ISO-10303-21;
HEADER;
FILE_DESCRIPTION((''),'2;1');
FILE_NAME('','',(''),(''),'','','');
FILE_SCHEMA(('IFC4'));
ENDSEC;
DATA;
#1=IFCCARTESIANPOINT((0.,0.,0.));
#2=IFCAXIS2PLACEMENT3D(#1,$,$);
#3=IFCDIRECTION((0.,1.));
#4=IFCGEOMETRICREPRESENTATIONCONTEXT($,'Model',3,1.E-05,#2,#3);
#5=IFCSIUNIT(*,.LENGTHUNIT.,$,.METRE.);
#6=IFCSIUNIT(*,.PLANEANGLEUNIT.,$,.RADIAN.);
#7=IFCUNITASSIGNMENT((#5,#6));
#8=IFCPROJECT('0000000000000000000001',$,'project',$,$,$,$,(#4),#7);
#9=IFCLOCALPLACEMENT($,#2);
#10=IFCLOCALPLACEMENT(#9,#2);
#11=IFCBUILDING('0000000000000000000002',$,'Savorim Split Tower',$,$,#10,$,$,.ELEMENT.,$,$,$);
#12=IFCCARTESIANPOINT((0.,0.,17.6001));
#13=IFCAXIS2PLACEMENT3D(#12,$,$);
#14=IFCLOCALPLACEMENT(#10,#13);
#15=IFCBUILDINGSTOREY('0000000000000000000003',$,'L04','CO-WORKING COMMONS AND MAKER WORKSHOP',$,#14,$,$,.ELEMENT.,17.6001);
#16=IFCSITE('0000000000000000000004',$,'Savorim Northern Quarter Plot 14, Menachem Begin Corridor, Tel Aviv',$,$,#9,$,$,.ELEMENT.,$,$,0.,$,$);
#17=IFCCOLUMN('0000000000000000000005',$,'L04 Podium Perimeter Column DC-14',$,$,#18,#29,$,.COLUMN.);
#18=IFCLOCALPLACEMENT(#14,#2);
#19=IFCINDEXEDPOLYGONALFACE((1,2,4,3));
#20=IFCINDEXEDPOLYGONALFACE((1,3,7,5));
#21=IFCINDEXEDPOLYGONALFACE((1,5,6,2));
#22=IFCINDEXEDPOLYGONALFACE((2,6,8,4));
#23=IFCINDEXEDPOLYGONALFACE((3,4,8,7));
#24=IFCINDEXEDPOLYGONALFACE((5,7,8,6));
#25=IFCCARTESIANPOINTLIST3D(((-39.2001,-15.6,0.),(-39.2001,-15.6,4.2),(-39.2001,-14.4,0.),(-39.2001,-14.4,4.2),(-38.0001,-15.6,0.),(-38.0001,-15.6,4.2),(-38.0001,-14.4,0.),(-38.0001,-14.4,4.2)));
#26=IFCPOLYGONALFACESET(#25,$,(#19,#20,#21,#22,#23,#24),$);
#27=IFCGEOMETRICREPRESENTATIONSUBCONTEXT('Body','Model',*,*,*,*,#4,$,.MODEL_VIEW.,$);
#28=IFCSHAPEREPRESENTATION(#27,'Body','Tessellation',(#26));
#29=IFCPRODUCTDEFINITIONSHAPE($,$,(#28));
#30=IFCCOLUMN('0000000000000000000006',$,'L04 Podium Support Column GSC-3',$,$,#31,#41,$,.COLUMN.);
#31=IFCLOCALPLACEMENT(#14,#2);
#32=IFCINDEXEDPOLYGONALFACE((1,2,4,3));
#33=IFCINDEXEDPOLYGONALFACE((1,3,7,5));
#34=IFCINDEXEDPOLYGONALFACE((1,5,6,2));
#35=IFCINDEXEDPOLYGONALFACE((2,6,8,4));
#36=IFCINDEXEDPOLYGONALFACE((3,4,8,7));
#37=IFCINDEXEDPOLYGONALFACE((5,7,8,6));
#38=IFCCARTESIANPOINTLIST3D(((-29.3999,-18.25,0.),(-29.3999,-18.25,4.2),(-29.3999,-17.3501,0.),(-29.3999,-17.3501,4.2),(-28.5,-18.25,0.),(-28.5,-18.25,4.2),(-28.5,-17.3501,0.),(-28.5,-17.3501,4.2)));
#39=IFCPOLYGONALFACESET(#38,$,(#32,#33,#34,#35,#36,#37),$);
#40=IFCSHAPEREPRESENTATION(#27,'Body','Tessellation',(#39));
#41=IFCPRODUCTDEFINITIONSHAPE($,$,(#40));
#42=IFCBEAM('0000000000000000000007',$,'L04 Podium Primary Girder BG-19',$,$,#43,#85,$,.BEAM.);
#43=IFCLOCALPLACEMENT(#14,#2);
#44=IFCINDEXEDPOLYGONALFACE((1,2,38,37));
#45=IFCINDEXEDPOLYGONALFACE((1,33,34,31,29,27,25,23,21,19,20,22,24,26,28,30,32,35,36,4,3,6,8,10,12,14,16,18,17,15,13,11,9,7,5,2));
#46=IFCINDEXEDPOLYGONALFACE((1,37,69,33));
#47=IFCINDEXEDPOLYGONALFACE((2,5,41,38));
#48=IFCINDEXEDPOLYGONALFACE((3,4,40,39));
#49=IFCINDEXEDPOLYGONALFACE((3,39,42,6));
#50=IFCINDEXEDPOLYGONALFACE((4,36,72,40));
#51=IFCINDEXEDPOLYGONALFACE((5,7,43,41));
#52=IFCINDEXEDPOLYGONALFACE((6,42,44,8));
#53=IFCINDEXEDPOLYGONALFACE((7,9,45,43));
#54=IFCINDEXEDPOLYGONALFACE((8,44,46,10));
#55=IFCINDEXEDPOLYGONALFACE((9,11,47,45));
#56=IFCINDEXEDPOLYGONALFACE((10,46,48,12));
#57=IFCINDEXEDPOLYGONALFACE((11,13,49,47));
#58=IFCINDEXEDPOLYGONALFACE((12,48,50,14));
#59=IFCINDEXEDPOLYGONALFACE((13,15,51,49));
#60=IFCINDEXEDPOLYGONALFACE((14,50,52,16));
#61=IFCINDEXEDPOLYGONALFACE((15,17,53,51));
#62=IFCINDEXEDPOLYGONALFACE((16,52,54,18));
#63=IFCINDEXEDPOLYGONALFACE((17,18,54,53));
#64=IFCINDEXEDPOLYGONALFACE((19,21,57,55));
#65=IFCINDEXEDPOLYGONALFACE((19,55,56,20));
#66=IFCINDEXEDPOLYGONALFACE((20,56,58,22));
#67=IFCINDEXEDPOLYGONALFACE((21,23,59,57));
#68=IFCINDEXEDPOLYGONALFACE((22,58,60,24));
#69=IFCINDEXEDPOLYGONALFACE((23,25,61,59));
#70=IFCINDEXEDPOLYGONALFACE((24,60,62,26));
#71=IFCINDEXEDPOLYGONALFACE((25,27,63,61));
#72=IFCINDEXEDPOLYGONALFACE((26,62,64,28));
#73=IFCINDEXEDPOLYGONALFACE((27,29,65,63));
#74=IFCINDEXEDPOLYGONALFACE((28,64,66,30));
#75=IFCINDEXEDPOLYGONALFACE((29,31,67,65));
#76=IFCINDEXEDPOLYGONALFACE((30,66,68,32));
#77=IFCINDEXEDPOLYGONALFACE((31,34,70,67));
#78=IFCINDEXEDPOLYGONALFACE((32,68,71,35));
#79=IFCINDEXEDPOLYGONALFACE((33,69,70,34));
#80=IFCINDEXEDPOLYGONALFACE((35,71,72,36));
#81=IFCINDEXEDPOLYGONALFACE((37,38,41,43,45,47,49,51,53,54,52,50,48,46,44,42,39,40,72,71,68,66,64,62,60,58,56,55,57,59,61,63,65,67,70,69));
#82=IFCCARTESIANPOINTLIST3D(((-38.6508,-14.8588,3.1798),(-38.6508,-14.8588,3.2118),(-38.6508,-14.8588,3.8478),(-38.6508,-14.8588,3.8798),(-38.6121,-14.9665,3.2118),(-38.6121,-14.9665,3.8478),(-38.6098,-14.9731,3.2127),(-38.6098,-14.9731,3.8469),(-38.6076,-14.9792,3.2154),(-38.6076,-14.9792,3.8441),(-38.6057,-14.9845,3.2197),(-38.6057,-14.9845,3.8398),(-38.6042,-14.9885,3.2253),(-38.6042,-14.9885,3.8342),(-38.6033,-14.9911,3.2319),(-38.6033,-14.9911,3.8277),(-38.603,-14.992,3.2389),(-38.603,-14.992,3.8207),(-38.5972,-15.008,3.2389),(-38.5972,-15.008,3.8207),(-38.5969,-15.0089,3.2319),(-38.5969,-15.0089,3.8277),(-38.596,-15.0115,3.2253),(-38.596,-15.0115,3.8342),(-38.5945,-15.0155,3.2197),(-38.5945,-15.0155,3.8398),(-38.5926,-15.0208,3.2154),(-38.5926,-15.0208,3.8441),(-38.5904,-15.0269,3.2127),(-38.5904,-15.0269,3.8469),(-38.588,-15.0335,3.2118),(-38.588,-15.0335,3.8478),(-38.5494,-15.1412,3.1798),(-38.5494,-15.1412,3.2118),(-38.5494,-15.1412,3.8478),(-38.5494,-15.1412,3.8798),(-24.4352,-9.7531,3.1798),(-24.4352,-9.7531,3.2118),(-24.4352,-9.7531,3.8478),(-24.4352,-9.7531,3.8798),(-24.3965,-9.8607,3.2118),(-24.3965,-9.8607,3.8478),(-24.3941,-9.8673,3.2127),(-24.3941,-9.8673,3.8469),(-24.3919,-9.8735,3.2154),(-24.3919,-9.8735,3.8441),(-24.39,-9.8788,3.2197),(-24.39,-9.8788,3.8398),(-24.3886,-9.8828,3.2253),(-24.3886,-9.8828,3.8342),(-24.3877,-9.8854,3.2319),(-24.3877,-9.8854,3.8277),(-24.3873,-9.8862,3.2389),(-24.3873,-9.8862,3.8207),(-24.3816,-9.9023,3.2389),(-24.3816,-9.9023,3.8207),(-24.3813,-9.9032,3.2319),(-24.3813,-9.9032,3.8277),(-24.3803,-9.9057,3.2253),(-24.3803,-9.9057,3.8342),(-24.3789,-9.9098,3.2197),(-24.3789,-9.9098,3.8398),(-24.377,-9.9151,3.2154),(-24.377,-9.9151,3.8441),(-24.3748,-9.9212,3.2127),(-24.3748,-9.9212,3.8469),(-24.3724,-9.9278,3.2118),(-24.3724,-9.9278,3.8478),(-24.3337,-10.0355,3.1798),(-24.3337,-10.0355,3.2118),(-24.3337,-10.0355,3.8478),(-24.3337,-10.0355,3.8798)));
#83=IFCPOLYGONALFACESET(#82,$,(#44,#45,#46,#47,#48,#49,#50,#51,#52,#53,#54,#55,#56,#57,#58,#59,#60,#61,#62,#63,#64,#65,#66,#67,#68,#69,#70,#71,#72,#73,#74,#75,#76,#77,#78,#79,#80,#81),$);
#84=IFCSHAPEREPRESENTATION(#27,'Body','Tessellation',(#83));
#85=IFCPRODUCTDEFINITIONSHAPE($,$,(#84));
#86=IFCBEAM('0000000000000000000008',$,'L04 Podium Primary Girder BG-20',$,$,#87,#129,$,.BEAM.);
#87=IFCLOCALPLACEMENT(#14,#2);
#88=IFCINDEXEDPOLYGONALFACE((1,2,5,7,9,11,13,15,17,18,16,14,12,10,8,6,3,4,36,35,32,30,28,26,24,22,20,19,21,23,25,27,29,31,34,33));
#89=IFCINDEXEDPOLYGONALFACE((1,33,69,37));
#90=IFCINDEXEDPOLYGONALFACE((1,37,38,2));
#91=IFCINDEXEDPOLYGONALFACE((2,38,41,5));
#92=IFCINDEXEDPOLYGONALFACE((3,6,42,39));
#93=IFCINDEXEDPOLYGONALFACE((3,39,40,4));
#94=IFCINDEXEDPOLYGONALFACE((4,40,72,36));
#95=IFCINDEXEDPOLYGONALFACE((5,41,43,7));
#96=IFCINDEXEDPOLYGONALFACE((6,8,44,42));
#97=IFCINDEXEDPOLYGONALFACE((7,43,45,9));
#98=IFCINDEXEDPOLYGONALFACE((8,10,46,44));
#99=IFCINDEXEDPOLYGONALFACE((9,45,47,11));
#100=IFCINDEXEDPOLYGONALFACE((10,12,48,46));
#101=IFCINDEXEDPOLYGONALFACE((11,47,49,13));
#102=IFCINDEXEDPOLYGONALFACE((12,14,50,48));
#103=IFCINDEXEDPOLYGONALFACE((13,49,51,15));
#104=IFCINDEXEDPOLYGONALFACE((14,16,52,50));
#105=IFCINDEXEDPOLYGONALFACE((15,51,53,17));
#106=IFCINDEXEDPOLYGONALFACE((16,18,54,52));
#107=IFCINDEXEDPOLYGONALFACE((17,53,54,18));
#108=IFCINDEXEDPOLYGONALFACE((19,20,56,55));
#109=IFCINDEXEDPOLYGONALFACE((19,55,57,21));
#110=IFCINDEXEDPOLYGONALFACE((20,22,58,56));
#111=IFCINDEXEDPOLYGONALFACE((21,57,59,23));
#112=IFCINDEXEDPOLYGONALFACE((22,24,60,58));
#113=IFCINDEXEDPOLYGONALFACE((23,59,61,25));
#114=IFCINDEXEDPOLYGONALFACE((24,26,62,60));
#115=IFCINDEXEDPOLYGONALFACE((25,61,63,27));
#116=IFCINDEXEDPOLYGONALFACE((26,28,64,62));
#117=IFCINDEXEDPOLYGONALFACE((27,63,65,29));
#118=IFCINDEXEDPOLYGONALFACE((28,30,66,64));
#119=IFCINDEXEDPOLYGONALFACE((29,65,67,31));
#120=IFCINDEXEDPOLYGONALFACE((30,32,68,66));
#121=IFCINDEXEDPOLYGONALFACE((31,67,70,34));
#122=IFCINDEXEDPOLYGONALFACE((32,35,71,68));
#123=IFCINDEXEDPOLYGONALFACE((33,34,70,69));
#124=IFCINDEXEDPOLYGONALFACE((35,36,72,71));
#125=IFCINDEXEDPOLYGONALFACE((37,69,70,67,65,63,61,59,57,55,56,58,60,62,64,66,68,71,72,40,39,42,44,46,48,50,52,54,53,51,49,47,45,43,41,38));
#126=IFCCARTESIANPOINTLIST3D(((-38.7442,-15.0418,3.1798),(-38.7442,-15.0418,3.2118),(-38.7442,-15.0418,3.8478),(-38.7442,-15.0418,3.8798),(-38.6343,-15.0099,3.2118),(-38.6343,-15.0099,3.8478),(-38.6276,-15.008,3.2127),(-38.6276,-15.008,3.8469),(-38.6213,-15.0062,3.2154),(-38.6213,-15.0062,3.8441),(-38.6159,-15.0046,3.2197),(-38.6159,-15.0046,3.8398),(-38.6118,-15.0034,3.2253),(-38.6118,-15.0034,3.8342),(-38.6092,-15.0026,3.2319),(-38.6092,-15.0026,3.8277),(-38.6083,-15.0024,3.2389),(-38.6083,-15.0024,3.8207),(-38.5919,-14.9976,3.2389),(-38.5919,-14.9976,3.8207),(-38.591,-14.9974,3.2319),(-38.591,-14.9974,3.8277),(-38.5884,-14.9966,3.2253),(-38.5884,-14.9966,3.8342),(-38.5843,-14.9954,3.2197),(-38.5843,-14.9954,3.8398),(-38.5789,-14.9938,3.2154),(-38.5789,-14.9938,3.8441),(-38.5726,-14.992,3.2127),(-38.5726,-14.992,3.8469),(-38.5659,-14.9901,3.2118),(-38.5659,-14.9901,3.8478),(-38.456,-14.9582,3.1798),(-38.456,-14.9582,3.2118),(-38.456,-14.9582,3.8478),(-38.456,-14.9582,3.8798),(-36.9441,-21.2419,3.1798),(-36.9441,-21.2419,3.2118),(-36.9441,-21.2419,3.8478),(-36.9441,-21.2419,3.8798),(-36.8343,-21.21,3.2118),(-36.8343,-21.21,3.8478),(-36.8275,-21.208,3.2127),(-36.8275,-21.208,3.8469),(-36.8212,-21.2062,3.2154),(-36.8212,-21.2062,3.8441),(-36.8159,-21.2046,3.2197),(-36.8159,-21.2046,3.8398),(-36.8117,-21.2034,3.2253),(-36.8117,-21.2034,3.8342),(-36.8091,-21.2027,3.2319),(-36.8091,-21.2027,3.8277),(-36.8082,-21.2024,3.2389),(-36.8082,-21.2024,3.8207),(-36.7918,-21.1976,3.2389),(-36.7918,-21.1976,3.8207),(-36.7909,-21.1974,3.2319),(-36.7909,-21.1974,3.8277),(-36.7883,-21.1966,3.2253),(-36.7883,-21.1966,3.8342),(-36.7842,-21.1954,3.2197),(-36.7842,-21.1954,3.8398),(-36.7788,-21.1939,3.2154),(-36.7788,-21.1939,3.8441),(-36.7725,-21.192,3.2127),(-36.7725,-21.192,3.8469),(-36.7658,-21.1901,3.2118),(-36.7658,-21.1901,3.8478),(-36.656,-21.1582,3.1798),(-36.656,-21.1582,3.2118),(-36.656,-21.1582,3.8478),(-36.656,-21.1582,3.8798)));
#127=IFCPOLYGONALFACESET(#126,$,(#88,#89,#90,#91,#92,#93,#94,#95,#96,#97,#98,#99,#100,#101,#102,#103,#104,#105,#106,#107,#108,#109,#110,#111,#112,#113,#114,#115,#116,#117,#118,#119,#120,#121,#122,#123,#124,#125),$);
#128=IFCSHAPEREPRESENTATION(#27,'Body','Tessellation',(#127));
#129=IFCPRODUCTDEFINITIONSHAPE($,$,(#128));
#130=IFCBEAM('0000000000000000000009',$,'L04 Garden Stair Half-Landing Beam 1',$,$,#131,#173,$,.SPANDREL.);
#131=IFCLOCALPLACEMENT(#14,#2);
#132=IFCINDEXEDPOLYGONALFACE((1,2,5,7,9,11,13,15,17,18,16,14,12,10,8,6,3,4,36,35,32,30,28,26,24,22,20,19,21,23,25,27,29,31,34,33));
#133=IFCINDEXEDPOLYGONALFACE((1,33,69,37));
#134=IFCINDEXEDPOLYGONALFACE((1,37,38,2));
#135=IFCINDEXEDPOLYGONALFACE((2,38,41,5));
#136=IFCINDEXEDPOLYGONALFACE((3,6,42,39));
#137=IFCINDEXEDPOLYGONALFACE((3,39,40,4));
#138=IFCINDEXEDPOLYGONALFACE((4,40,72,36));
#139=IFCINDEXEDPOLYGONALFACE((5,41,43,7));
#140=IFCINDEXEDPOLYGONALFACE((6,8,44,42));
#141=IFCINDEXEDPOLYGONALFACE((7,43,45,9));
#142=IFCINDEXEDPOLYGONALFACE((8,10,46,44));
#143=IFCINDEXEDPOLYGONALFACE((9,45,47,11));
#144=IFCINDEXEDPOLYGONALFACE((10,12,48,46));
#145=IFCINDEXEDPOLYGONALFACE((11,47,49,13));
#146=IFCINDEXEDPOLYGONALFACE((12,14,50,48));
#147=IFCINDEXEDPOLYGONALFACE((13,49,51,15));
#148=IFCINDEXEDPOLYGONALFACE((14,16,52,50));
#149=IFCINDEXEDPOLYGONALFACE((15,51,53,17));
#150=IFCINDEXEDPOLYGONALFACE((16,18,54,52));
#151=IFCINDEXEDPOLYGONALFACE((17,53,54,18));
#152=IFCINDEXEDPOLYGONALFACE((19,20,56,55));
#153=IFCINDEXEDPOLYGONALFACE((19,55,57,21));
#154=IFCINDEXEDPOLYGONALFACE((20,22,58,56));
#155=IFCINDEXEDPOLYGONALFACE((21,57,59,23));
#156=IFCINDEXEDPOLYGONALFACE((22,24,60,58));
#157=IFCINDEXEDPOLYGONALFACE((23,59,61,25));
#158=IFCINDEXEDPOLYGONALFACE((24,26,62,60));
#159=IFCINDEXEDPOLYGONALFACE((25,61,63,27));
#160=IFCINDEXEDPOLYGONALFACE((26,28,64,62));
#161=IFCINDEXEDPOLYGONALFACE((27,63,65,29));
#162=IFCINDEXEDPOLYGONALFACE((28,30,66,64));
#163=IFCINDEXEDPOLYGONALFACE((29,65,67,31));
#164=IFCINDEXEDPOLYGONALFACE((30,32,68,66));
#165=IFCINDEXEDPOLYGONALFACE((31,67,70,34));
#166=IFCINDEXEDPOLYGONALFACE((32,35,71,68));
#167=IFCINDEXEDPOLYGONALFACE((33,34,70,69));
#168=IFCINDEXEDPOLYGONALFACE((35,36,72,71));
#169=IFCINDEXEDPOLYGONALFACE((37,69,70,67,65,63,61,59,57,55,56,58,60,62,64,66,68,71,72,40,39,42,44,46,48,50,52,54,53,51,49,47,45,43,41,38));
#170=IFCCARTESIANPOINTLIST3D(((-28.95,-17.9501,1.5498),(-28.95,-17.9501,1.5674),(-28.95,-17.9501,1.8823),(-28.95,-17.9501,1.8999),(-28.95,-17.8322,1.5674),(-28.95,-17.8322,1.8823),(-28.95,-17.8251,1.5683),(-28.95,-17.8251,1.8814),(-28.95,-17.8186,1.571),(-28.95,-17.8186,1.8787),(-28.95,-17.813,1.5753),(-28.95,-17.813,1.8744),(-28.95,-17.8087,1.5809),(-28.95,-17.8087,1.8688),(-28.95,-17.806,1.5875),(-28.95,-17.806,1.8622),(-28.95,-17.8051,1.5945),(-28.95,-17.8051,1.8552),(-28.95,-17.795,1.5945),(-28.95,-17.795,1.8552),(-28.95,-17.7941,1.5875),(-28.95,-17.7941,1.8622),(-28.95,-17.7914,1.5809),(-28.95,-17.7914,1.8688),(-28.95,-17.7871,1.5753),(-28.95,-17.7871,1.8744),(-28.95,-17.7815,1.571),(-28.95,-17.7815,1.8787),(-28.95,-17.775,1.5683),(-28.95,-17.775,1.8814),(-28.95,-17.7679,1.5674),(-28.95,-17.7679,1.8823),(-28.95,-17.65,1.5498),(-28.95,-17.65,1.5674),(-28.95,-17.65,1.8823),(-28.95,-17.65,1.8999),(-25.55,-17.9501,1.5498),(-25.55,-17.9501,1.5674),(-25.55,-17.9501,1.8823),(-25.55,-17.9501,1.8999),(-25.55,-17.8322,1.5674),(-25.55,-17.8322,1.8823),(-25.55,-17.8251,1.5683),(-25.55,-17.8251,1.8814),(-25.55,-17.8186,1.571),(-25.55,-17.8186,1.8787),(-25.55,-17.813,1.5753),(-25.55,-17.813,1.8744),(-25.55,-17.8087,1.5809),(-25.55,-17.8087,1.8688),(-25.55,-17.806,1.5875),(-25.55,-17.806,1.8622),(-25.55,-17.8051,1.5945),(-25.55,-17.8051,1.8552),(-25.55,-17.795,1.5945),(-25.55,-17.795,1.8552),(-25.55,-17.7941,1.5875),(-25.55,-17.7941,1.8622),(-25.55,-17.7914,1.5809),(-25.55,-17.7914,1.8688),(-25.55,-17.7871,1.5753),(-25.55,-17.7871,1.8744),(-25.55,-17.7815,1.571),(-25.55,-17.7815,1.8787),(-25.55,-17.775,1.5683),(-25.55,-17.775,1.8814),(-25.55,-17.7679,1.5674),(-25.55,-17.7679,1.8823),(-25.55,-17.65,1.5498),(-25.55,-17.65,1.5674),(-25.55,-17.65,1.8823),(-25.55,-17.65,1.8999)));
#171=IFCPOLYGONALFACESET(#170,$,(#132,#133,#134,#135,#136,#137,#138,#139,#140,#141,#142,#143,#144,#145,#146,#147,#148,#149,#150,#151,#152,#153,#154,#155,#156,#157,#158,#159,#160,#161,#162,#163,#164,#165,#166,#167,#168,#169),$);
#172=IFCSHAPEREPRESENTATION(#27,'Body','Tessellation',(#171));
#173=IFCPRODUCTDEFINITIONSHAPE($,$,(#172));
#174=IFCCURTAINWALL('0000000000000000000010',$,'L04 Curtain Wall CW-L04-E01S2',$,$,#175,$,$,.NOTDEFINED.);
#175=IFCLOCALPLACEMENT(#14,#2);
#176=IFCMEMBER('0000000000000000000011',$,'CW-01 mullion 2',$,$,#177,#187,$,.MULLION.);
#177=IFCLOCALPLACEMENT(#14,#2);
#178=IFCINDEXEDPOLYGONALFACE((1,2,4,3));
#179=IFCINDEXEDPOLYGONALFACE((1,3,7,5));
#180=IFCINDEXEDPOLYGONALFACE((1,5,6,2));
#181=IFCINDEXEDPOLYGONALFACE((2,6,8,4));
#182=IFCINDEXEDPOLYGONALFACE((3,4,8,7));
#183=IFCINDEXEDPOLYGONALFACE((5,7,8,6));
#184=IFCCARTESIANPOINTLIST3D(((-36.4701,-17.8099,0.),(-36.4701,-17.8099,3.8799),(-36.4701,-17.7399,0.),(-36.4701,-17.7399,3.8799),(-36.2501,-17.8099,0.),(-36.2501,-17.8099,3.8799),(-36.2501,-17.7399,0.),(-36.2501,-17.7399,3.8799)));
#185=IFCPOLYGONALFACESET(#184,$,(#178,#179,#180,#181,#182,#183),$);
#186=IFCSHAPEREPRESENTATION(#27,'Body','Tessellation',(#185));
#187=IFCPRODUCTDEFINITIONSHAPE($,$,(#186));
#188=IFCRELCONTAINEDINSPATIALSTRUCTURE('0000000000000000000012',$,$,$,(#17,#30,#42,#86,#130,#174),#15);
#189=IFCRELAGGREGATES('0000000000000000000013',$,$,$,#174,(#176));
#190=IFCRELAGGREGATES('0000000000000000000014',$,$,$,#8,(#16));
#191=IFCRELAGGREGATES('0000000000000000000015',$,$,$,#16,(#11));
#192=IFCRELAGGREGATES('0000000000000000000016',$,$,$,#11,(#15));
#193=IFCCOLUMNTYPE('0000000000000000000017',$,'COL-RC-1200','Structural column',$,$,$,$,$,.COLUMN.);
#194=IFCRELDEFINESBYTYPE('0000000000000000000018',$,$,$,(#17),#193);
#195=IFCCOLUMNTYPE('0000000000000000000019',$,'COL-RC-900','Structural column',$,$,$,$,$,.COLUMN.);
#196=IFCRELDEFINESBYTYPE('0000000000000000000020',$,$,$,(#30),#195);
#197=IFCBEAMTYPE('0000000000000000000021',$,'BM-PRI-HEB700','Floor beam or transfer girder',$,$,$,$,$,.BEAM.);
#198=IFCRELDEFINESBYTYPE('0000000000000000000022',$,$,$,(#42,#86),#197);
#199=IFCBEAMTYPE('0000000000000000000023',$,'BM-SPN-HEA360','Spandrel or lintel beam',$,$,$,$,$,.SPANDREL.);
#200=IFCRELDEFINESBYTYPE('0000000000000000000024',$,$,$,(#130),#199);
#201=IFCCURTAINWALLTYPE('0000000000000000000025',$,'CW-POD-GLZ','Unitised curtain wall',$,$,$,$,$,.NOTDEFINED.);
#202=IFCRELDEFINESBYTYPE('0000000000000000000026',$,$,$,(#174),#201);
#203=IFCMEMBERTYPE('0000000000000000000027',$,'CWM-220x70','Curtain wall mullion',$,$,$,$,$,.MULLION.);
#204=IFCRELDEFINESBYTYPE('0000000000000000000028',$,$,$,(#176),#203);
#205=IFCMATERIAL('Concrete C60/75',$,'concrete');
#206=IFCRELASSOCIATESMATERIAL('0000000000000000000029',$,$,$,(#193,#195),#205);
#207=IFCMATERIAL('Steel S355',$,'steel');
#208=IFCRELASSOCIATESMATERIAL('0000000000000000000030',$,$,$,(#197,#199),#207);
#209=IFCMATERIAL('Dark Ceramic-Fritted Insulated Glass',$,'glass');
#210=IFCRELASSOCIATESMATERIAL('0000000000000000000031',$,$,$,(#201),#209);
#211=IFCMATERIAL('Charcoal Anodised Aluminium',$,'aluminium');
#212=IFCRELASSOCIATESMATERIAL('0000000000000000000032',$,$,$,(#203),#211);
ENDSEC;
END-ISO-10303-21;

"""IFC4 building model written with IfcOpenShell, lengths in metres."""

from ifc_helpers import new_model, si_unit, direction, frame, origin, origin_2d, place, context, subcontext, project, spatial, rectangle, i_section, extrude, material, material_profile, profile_set, type_object, element, aggregate, save


model = new_model("IFC4")

# Units and contexts
model_context = context("Model", 3, precision=1e-05, world=origin(), true_north=direction((0.0, 1.0)))
body_context = subcontext(model_context, "Body", "Model", "MODEL_VIEW")
ifc_project = project(units=[si_unit("LENGTHUNIT", "METRE"), si_unit("PLANEANGLEUNIT", "RADIAN")], contexts=[model_context])

# Site, building, storey
site_placement = place(None, origin())
site = spatial("IfcSite", under=ifc_project, at=site_placement, Name="Savorim Northern Quarter Plot 14, Menachem Begin Corridor, Tel Aviv", CompositionType="ELEMENT", RefElevation=0.0)
building_placement = place(site_placement, origin())
building = spatial("IfcBuilding", under=site, at=building_placement, Name="Savorim Split Tower", CompositionType="ELEMENT")
storey_placement = place(building_placement, frame((0.0, 0.0, 17.6001)))
storey = spatial("IfcBuildingStorey", under=building, at=storey_placement, Name="L04", Description="CO-WORKING COMMONS AND MAKER WORKSHOP", CompositionType="ELEMENT", Elevation=17.6001)

# Columns
ifc_material_1 = material(Name="Concrete C60/75", Category="concrete")
ifc_material_profile_1 = material_profile(ifc_material_1, rectangle(XDim=1.2, YDim=1.2, at=origin_2d()), Name="RC 1200x1200")
ifc_profile_set_1 = profile_set([ifc_material_profile_1], Name="Concrete C60/75")
column_type_1 = type_object("IfcColumnType", Name="COL-RC-1200", Description="Structural column", PredefinedType="COLUMN", material=ifc_profile_set_1)
column_1_placement = place(storey_placement, frame((-38.6001, -15.0, 0.0), z_axis=(0.0, 0.0, 1.0), x_axis=(1.0, 0.0, 0.0)))
element("IfcColumn", 1, at=column_1_placement, inside=storey, type_object=column_type_1, Name="L04 Podium Perimeter Column DC-14", PredefinedType="COLUMN", context=body_context, shape_type="SweptSolid", body=[
    extrude(rectangle(XDim=1.2, YDim=1.2, at=origin_2d()), origin(), (0.0, 0.0, 1.0), 4.2),
])
ifc_material_profile_2 = material_profile(ifc_material_1, rectangle(XDim=0.8999, YDim=0.8999, at=origin_2d()), Name="RC 900x900")
ifc_profile_set_2 = profile_set([ifc_material_profile_2], Name="Concrete C60/75")
column_type_2 = type_object("IfcColumnType", Name="COL-RC-900", Description="Structural column", PredefinedType="COLUMN", material=ifc_profile_set_2)
column_2_placement = place(storey_placement, frame((-28.95, -17.8, 0.0), z_axis=(0.0, 0.0, 1.0), x_axis=(1.0, 0.0, 0.0)))
element("IfcColumn", 2, at=column_2_placement, inside=storey, type_object=column_type_2, Name="L04 Podium Support Column GSC-3", PredefinedType="COLUMN", context=body_context, shape_type="SweptSolid", body=[
    extrude(rectangle(XDim=0.8999, YDim=0.8999, at=origin_2d()), origin(), (0.0, 0.0, 1.0), 4.2),
])

# Beams
ifc_material_2 = material(Name="Steel S355", Category="steel")
ifc_material_profile_3 = material_profile(ifc_material_2, i_section(OverallWidth=0.3, OverallDepth=0.7, WebThickness=0.0171, FlangeThickness=0.032, FilletRadius=0.0271, at=origin_2d()), Name="HEB 700")
ifc_profile_set_3 = profile_set([ifc_material_profile_3], Name="Steel S355")
beam_type_1 = type_object("IfcBeamType", Name="BM-PRI-HEB700", Description="Floor beam or transfer girder", PredefinedType="BEAM", material=ifc_profile_set_3)
beam_1_placement = place(storey_placement, frame((-38.6001, -15.0, 3.5298), z_axis=(0.941138, 0.338022, 0.0), x_axis=(-0.338022, 0.941138, 0.0)))
element("IfcBeam", 3, at=beam_1_placement, inside=storey, type_object=beam_type_1, Name="L04 Podium Primary Girder BG-19", PredefinedType="BEAM", context=body_context, shape_type="SweptSolid", body=[
    extrude(i_section(OverallWidth=0.3, OverallDepth=0.7, WebThickness=0.0171, FlangeThickness=0.032, FilletRadius=0.0271, at=origin_2d()), origin(), (0.0, 0.0, 1.0), 15.1047),
])
beam_2_placement = place(storey_placement, frame((-38.6001, -15.0, 3.5298), z_axis=(0.278819, -0.960344, 0.0), x_axis=(0.960344, 0.278819, 0.0)))
element("IfcBeam", 4, at=beam_2_placement, inside=storey, type_object=beam_type_1, Name="L04 Podium Primary Girder BG-20", PredefinedType="BEAM", context=body_context, shape_type="SweptSolid", body=[
    extrude(i_section(OverallWidth=0.3, OverallDepth=0.7, WebThickness=0.0171, FlangeThickness=0.032, FilletRadius=0.0271, at=origin_2d()), origin(), (0.0, 0.0, 1.0), 6.4561),
])
ifc_material_profile_4 = material_profile(ifc_material_2, i_section(OverallWidth=0.3, OverallDepth=0.3501, WebThickness=0.01, FlangeThickness=0.0176, FilletRadius=0.0271, at=origin_2d()), Name="HEA 360")
ifc_profile_set_4 = profile_set([ifc_material_profile_4], Name="Steel S355")
beam_type_2 = type_object("IfcBeamType", Name="BM-SPN-HEA360", Description="Spandrel or lintel beam", PredefinedType="SPANDREL", material=ifc_profile_set_4)
beam_3_placement = place(storey_placement, frame((-28.95, -17.8, 1.7249), z_axis=(1.0, 0.0, 0.0), x_axis=(0.0, 1.0, 0.0)))
element("IfcBeam", 5, at=beam_3_placement, inside=storey, type_object=beam_type_2, Name="L04 Garden Stair Half-Landing Beam 1", PredefinedType="SPANDREL", context=body_context, shape_type="SweptSolid", body=[
    extrude(i_section(OverallWidth=0.3, OverallDepth=0.3501, WebThickness=0.01, FlangeThickness=0.0176, FilletRadius=0.0271, at=origin_2d()), origin(), (0.0, 0.0, 1.0), 3.3999),
])

# Curtain wall, member
ifc_material_3 = material(Name="Dark Ceramic-Fritted Insulated Glass", Category="glass")
curtain_wall_type = type_object("IfcCurtainWallType", Name="CW-POD-GLZ", Description="Unitised curtain wall", PredefinedType="NOTDEFINED", material=ifc_material_3)
curtain_wall_1_placement = place(storey_placement, origin())
curtain_wall_1 = element("IfcCurtainWall", 6, at=curtain_wall_1_placement, inside=storey, type_object=curtain_wall_type, Name="L04 Curtain Wall CW-L04-E01S2", PredefinedType="NOTDEFINED")
ifc_material_4 = material(Name="Charcoal Anodised Aluminium", Category="aluminium")
ifc_material_profile_5 = material_profile(ifc_material_4, rectangle(XDim=0.22, YDim=0.0701, at=origin_2d()), Name="ALU-M 220x70")
ifc_profile_set_5 = profile_set([ifc_material_profile_5], Name="Charcoal Anodised Aluminium")
member_type_1 = type_object("IfcMemberType", Name="CWM-220x70", Description="Curtain wall mullion", PredefinedType="MULLION", material=ifc_profile_set_5)
member_1_placement = place(storey_placement, frame((-36.3601, -17.7749, 0.0), z_axis=(0.0, 0.0, 1.0), x_axis=(-1.0, 0.0, 0.0)))
member_1 = element("IfcMember", 7, at=member_1_placement, type_object=member_type_1, Name="CW-01 mullion 2", PredefinedType="MULLION", context=body_context, shape_type="SweptSolid", body=[
    extrude(rectangle(XDim=0.22, YDim=0.0701, at=origin_2d()), origin(), (0.0, 0.0, 1.0), 3.8799),
])

aggregate(curtain_wall_1, [member_1])

save(model, "model.ifc")
